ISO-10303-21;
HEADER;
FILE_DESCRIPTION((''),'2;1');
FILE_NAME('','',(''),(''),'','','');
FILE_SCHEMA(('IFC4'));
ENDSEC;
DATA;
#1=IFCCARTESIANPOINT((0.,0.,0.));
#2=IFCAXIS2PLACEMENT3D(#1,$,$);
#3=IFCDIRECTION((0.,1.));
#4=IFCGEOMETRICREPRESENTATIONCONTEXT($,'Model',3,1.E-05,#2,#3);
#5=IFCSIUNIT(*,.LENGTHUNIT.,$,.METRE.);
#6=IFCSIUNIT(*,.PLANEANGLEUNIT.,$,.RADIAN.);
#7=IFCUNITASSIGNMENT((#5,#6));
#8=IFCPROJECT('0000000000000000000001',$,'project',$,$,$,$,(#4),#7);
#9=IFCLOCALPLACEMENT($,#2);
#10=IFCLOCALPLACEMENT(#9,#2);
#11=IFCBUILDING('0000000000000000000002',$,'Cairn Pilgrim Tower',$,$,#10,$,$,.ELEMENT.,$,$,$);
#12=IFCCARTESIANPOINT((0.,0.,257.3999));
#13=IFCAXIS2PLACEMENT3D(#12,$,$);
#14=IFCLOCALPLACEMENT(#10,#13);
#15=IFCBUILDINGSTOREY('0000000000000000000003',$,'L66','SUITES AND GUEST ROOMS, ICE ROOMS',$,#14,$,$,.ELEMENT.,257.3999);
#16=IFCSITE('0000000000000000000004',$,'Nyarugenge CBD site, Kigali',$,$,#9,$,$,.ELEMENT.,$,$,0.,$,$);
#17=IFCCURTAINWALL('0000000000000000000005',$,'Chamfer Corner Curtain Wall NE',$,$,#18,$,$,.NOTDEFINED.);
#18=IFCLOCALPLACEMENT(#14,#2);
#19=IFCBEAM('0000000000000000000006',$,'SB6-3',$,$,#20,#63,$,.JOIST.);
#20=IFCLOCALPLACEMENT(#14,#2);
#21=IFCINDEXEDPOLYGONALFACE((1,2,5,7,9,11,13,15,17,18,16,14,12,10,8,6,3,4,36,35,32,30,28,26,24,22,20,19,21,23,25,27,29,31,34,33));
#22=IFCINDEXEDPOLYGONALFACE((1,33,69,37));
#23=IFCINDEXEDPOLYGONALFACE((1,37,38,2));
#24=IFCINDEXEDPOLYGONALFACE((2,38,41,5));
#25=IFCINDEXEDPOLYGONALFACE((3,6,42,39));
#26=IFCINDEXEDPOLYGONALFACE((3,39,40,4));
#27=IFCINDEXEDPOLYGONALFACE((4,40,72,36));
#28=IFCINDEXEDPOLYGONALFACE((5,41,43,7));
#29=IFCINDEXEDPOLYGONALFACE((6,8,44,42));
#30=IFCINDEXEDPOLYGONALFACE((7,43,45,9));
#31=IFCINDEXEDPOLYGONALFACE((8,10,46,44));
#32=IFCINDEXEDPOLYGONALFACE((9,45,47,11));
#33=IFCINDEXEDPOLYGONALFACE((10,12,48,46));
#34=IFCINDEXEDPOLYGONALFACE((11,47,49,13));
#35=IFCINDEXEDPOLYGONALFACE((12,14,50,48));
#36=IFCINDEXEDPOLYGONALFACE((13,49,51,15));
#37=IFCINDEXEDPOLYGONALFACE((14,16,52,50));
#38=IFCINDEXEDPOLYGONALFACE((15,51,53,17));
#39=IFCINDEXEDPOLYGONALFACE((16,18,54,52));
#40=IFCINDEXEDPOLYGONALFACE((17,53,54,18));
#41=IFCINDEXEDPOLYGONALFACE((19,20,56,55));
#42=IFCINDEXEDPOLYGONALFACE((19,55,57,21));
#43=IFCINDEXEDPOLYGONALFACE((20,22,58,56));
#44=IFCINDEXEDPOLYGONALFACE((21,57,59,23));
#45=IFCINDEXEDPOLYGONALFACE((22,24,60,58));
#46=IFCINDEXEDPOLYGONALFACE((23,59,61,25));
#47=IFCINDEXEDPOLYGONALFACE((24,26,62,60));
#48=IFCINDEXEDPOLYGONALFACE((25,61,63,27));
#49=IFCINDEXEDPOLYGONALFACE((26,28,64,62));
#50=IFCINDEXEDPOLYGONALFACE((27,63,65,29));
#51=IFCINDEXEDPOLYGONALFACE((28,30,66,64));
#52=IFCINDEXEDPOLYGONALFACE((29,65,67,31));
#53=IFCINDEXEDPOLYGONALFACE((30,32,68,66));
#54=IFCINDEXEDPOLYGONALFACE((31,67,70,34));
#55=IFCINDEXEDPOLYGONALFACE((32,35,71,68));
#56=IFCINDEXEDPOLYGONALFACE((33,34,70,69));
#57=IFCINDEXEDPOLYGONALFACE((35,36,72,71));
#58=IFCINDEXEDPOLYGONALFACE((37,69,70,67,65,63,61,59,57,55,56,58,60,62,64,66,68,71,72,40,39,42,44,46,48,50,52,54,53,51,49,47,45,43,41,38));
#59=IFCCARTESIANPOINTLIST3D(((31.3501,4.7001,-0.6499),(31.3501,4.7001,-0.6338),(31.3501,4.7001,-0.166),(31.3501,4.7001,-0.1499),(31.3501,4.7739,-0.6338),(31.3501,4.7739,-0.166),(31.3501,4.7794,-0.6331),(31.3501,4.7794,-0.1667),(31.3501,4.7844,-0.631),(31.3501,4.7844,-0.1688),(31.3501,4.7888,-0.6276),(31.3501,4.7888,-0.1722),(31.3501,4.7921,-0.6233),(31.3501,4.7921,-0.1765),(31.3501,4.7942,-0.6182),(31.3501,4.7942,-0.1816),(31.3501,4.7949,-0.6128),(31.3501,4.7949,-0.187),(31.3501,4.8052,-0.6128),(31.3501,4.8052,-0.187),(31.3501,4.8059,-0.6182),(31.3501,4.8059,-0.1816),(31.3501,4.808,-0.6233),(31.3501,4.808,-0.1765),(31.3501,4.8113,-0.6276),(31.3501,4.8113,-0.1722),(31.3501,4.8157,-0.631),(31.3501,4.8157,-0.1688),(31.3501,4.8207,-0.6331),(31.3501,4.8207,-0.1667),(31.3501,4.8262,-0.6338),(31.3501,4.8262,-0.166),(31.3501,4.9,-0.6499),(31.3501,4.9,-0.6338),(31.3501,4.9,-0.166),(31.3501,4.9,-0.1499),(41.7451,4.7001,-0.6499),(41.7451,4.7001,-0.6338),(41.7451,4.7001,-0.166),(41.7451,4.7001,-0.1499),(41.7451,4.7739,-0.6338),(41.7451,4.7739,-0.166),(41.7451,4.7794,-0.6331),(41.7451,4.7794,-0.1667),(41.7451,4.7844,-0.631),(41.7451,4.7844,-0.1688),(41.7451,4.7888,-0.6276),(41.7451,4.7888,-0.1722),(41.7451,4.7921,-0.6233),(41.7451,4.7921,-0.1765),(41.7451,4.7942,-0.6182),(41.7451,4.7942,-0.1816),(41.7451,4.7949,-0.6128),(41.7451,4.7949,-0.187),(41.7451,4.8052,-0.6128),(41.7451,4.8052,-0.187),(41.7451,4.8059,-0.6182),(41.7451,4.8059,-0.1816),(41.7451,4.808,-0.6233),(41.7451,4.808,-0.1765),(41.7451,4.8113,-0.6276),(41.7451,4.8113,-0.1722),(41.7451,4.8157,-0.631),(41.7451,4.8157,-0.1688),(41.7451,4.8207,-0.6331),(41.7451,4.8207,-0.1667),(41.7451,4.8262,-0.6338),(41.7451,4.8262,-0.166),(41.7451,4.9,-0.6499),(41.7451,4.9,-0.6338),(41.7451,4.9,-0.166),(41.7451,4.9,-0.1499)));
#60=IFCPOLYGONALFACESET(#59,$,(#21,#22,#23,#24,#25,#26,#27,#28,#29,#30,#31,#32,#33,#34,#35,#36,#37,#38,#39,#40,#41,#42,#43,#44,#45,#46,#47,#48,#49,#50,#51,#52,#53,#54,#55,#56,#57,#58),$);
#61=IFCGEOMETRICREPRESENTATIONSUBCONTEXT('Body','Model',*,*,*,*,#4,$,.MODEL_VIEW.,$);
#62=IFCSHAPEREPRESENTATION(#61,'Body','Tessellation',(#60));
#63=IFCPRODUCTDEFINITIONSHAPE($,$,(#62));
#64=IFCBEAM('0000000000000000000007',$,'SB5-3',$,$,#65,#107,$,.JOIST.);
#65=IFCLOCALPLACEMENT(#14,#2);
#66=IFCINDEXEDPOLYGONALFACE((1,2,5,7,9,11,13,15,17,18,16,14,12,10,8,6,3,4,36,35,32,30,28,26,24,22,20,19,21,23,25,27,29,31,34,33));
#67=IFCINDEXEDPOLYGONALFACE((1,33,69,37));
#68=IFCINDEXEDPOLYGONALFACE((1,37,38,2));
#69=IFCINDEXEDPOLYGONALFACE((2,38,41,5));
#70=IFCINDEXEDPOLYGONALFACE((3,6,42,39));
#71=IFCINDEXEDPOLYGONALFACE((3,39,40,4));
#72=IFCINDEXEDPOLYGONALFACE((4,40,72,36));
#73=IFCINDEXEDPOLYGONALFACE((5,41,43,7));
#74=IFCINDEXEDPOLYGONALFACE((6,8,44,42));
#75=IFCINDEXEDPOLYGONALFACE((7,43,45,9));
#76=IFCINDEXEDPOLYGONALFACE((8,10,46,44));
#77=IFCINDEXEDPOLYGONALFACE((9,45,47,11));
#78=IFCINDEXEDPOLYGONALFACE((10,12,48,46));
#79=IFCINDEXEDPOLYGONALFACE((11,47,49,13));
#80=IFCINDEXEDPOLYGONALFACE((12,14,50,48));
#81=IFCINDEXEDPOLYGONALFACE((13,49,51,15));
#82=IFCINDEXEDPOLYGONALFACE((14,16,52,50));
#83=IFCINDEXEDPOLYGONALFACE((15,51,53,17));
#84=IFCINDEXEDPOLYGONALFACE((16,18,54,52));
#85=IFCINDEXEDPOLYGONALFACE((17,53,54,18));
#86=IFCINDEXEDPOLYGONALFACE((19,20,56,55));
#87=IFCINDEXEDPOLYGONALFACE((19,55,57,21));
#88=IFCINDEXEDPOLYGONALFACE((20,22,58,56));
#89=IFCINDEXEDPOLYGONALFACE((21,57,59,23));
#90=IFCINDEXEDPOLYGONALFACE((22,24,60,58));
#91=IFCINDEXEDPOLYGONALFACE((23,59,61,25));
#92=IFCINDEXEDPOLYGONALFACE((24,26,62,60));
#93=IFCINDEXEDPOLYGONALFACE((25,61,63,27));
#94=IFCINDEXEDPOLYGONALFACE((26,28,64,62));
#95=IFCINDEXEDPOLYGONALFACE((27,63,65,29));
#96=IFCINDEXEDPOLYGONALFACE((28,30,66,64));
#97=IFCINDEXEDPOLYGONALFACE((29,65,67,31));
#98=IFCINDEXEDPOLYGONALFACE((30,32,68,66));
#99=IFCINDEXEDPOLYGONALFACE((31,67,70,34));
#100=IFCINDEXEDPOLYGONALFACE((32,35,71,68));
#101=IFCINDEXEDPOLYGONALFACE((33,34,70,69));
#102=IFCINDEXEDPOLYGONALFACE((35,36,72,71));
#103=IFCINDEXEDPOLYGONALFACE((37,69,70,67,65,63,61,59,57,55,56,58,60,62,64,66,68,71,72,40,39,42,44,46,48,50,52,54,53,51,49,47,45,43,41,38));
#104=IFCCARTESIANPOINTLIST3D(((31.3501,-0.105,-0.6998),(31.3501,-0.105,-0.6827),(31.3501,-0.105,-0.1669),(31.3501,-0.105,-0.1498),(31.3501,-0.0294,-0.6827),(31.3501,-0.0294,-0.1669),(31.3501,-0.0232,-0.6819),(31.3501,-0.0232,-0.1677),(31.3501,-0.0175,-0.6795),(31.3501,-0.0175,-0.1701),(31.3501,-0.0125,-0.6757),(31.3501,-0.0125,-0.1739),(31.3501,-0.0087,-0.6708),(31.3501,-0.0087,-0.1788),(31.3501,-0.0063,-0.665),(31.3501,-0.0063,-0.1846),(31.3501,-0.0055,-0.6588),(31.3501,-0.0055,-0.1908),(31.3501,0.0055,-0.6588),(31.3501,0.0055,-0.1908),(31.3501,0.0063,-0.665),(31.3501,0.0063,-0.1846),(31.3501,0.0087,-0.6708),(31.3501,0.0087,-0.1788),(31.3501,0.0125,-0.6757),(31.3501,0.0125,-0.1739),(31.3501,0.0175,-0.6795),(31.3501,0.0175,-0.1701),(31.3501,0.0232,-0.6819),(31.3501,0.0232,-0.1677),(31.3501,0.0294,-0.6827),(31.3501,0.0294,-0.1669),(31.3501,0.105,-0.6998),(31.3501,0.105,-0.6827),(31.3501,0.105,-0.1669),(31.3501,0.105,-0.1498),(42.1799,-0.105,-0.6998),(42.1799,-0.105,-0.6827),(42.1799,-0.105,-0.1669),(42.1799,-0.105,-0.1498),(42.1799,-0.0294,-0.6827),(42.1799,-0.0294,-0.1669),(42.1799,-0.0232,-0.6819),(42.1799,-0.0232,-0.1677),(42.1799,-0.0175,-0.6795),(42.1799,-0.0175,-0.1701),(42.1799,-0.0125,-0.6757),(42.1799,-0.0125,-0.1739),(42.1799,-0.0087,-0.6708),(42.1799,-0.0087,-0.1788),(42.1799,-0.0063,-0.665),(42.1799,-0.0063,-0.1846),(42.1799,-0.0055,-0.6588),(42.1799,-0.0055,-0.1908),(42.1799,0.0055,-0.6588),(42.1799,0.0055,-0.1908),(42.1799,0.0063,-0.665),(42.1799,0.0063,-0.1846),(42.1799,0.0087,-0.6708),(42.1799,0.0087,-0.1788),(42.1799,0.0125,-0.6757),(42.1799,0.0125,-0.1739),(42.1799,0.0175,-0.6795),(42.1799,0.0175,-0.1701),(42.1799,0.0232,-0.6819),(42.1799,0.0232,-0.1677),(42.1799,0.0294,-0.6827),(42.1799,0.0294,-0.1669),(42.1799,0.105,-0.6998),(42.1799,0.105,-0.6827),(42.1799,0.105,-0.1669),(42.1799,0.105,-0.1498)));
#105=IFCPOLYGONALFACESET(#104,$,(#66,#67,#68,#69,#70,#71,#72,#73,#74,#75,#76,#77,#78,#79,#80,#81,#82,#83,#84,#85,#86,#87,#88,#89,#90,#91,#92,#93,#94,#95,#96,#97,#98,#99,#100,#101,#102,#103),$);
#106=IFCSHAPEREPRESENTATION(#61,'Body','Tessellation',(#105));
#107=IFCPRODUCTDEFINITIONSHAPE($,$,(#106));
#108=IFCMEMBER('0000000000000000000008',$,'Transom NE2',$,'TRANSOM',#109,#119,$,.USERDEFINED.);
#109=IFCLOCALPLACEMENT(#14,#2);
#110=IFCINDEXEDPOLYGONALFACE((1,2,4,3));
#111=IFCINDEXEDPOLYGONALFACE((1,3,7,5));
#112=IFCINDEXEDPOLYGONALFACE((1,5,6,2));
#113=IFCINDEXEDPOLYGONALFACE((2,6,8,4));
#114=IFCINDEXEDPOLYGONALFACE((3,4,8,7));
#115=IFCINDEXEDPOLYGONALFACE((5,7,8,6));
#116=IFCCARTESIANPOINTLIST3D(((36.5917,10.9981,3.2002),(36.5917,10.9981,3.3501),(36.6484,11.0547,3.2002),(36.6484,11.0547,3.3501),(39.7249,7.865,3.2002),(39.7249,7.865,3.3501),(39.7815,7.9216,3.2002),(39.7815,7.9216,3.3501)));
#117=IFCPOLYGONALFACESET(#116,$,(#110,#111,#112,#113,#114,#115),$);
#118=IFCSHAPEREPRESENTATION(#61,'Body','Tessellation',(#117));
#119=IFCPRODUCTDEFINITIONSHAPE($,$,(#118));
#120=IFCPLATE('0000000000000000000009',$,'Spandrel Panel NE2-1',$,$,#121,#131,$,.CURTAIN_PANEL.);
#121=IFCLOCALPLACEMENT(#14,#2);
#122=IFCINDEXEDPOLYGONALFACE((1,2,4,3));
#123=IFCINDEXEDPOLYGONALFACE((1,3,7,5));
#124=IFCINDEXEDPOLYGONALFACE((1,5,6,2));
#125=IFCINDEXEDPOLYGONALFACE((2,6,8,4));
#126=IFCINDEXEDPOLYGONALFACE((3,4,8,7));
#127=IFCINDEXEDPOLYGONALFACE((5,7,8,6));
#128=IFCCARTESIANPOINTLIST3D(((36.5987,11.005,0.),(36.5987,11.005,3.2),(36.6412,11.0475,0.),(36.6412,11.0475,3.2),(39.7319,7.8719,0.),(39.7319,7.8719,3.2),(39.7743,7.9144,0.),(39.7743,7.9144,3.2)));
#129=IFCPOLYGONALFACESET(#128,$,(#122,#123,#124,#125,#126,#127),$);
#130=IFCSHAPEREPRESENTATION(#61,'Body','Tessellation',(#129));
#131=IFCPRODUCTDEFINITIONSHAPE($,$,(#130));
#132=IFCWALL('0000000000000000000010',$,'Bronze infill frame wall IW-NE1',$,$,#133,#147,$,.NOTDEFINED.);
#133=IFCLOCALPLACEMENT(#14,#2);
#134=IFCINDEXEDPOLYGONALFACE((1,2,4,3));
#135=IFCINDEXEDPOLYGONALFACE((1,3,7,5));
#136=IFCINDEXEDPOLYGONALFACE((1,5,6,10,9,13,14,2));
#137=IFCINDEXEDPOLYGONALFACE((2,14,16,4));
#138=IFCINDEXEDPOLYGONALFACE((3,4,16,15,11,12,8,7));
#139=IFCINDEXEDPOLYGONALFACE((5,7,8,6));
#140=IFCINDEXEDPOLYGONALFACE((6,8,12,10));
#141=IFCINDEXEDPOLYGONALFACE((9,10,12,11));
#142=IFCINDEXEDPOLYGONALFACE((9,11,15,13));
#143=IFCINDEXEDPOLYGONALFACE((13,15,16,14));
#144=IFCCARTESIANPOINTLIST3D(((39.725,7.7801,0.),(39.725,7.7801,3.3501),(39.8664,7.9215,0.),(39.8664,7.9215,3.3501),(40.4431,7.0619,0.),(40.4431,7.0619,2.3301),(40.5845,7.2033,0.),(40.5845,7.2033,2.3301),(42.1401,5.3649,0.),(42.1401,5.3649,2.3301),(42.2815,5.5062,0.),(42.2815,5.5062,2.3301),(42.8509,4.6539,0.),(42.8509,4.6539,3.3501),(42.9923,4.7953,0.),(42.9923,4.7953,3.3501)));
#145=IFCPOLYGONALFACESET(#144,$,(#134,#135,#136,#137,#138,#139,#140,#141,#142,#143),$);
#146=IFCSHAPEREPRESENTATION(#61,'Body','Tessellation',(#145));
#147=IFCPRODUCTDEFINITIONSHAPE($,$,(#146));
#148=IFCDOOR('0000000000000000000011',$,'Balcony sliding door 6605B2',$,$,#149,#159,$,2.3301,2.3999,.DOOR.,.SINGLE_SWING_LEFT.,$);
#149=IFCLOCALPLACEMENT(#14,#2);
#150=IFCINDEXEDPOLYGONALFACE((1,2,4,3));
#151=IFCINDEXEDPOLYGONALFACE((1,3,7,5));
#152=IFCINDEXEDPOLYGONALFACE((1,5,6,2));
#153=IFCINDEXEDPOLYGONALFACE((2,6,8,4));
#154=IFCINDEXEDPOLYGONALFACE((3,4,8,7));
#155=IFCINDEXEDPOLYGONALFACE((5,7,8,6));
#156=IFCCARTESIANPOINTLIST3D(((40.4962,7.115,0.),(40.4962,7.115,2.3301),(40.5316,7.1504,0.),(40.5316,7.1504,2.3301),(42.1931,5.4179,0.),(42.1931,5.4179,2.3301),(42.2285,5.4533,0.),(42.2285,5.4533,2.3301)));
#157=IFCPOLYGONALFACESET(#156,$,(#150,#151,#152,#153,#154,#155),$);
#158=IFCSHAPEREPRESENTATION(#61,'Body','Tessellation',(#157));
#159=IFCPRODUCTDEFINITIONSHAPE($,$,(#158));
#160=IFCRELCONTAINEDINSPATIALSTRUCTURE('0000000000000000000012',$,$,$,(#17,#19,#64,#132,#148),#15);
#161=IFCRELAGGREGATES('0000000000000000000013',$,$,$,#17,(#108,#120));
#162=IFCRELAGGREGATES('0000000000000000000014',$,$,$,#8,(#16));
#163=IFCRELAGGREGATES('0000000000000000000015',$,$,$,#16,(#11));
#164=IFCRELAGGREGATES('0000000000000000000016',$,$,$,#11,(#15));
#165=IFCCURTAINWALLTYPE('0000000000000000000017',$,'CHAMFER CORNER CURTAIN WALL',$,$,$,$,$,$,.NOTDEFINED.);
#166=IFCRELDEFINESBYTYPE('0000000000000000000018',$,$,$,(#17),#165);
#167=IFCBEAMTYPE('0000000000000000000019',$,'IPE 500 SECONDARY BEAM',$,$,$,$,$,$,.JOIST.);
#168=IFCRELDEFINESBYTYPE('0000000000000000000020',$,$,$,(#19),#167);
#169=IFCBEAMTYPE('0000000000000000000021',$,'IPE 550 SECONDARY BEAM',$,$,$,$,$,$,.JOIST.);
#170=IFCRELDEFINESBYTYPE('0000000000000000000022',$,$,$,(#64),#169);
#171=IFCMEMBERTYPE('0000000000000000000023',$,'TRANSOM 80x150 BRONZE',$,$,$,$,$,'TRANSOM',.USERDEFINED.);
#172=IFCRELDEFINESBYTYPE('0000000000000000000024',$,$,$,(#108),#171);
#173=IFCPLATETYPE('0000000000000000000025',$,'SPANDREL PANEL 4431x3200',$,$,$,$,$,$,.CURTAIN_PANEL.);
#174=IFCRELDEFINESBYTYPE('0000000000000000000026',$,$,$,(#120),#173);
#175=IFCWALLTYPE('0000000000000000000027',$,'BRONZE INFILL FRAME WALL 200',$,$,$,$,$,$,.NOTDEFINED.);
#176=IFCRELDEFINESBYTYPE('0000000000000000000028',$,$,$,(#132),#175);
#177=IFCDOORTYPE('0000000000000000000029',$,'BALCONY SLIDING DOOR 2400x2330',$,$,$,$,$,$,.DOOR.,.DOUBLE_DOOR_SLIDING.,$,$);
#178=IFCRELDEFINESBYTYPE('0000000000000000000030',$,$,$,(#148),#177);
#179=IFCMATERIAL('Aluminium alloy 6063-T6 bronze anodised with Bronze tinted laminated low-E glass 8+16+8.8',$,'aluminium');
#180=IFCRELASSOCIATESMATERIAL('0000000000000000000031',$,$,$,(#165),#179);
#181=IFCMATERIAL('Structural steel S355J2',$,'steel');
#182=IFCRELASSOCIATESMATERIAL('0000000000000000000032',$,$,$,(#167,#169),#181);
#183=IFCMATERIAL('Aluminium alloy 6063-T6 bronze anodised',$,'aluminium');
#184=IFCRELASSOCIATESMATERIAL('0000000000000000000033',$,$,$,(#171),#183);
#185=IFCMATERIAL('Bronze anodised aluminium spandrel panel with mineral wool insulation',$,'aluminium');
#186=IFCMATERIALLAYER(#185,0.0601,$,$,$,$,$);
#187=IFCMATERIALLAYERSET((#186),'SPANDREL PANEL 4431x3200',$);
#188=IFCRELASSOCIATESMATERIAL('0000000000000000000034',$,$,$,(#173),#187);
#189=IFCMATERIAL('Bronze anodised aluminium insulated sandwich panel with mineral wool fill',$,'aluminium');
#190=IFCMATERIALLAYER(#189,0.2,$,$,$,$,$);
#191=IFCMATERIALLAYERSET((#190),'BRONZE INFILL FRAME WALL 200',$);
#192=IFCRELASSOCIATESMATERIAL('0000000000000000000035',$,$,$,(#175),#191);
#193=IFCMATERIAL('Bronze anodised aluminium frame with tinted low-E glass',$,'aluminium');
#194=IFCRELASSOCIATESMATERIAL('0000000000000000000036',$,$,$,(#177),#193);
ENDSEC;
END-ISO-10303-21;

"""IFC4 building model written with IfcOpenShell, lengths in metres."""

from ifc_helpers import new_model, si_unit, direction, frame, frame_2d, origin, origin_2d, place, context, subcontext, project, spatial, rectangle, i_section, extrude, material, layer, layer_set, material_profile, profile_set, type_object, element, fill, aggregate, save


model = new_model("IFC4")

# Units and contexts
model_context = context("Model", 3, precision=1e-05, world=origin(), true_north=direction((0.0, 1.0)))
body_context = subcontext(model_context, "Body", "Model", "MODEL_VIEW")
ifc_project = project(units=[si_unit("LENGTHUNIT", "METRE"), si_unit("PLANEANGLEUNIT", "RADIAN")], contexts=[model_context])

# Site, building, storey
site_placement = place(None, origin())
site = spatial("IfcSite", under=ifc_project, at=site_placement, Name="Nyarugenge CBD site, Kigali", CompositionType="ELEMENT", RefElevation=0.0)
building_placement = place(site_placement, origin())
building = spatial("IfcBuilding", under=site, at=building_placement, Name="Cairn Pilgrim Tower", CompositionType="ELEMENT")
storey_placement = place(building_placement, frame((0.0, 0.0, 257.3999)))
storey = spatial("IfcBuildingStorey", under=building, at=storey_placement, Name="L66", Description="SUITES AND GUEST ROOMS, ICE ROOMS", CompositionType="ELEMENT", Elevation=257.3999)

# Shared definitions
ifc_material_1 = material(Name="Structural steel S355J2", Category="steel")

# Shared definitions
ifc_material_2 = material(Name="Aluminium alloy 6063-T6 bronze anodised with Bronze tinted laminated low-E glass 8+16+8.8", Category="aluminium")
ifc_material_3 = material(Name="Aluminium alloy 6063-T6 bronze anodised", Category="aluminium")

# Curtain wall
curtain_wall_type_1 = type_object("IfcCurtainWallType", Name="CHAMFER CORNER CURTAIN WALL", PredefinedType="NOTDEFINED", material=ifc_material_2)
curtain_wall_1_placement = place(storey_placement, origin())
curtain_wall_1 = element("IfcCurtainWall", 1, at=curtain_wall_1_placement, inside=storey, type_object=curtain_wall_type_1, Name="Chamfer Corner Curtain Wall NE", PredefinedType="NOTDEFINED")

# Beams
ifc_material_profile_1 = material_profile(ifc_material_1, i_section(OverallWidth=0.2, OverallDepth=0.5, WebThickness=0.0103, FlangeThickness=0.0161, FilletRadius=0.021, at=origin_2d()), Name="IPE 500")
ifc_profile_set_1 = profile_set([ifc_material_profile_1], Name="Structural steel S355J2")
beam_type_1 = type_object("IfcBeamType", Name="IPE 500 SECONDARY BEAM", PredefinedType="JOIST", material=ifc_profile_set_1)
beam_1_placement = place(storey_placement, frame((31.3501, 4.8, -0.3999), z_axis=(1.0, 0.0, 0.0), x_axis=(0.0, 1.0, 0.0)))
element("IfcBeam", 2, at=beam_1_placement, inside=storey, type_object=beam_type_1, Name="SB6-3", PredefinedType="JOIST", context=body_context, shape_type="SweptSolid", body=[
    extrude(i_section(OverallWidth=0.2, OverallDepth=0.5, WebThickness=0.0103, FlangeThickness=0.0161, FilletRadius=0.021, at=origin_2d()), origin(), (0.0, 0.0, 1.0), 10.395),
])
ifc_material_profile_2 = material_profile(ifc_material_1, i_section(OverallWidth=0.21, OverallDepth=0.55, WebThickness=0.011, FlangeThickness=0.0171, FilletRadius=0.0239, at=origin_2d()), Name="IPE 550")
ifc_profile_set_2 = profile_set([ifc_material_profile_2], Name="Structural steel S355J2")
beam_type_2 = type_object("IfcBeamType", Name="IPE 550 SECONDARY BEAM", PredefinedType="JOIST", material=ifc_profile_set_2)
beam_2_placement = place(storey_placement, frame((31.3501, 0.0, -0.4248), z_axis=(1.0, 0.0, 0.0), x_axis=(0.0, 1.0, 0.0)))
element("IfcBeam", 3, at=beam_2_placement, inside=storey, type_object=beam_type_2, Name="SB5-3", PredefinedType="JOIST", context=body_context, shape_type="SweptSolid", body=[
    extrude(i_section(OverallWidth=0.21, OverallDepth=0.55, WebThickness=0.011, FlangeThickness=0.0171, FilletRadius=0.0239, at=origin_2d()), origin(), (0.0, 0.0, 1.0), 10.8298),
])

# Member
ifc_material_profile_3 = material_profile(ifc_material_3, rectangle(XDim=0.0801, YDim=0.1499, at=origin_2d()), Name="TRANSOM 80x150 BRONZE")
ifc_profile_set_3 = profile_set([ifc_material_profile_3], Name="Aluminium alloy 6063-T6 bronze anodised")
member_type_1 = type_object("IfcMemberType", Name="TRANSOM 80x150 BRONZE", ElementType="TRANSOM", PredefinedType="USERDEFINED", material=ifc_profile_set_3)
member_1_placement = place(storey_placement, frame((39.7532, 7.8933, 3.2751), z_axis=(-0.707107, 0.707107, 0.0), x_axis=(-0.707107, -0.707107, 0.0)))
member_1 = element("IfcMember", 4, at=member_1_placement, type_object=member_type_1, Name="Transom NE2", ObjectType="TRANSOM", PredefinedType="USERDEFINED", context=body_context, shape_type="SweptSolid", body=[
    extrude(rectangle(XDim=0.0801, YDim=0.1499, at=origin_2d()), origin(), (0.0, 0.0, 1.0), 4.4309),
])

# Plate
ifc_material_4 = material(Name="Bronze anodised aluminium spandrel panel with mineral wool insulation", Category="aluminium")
ifc_layer_1 = layer(ifc_material_4, 0.0601)
ifc_layer_set_1 = layer_set([ifc_layer_1], Name="SPANDREL PANEL 4431x3200")
plate_type = type_object("IfcPlateType", Name="SPANDREL PANEL 4431x3200", PredefinedType="CURTAIN_PANEL", material=ifc_layer_set_1)
plate_placement = place(storey_placement, frame((38.1865, 9.4597, 0.0), z_axis=(0.0, 0.0, 1.0), x_axis=(-0.707107, 0.707107, 0.0)))
plate = element("IfcPlate", 5, at=plate_placement, type_object=plate_type, Name="Spandrel Panel NE2-1", PredefinedType="CURTAIN_PANEL", context=body_context, shape_type="SweptSolid", body=[
    extrude(rectangle(XDim=4.4309, YDim=0.0601, at=origin_2d()), origin(), (0.0, 0.0, 1.0), 3.2),
])
aggregate(curtain_wall_1, [member_1, plate])

# Wall, opening, door
ifc_material_5 = material(Name="Bronze anodised aluminium insulated sandwich panel with mineral wool fill", Category="aluminium")
ifc_layer_2 = layer(ifc_material_5, 0.2)
ifc_layer_set_2 = layer_set([ifc_layer_2], Name="BRONZE INFILL FRAME WALL 200")
wall_type_1 = type_object("IfcWallType", Name="BRONZE INFILL FRAME WALL 200", PredefinedType="NOTDEFINED", material=ifc_layer_set_2)
ifc_material_6 = material(Name="Bronze anodised aluminium frame with tinted low-E glass", Category="aluminium")
wall_1_placement = place(storey_placement, frame((42.9216, 4.7246, 0.0), z_axis=(0.0, 0.0, 1.0), x_axis=(-0.707079, 0.707134, 0.0)))
wall_1 = element("IfcWall", 6, at=wall_1_placement, inside=storey, type_object=wall_type_1, Name="Bronze infill frame wall IW-NE1", PredefinedType="NOTDEFINED", context=body_context, shape_type="SweptSolid", body=[
    extrude(rectangle(XDim=4.4209, YDim=0.2, at=frame_2d((2.2104, 0.0))), origin(), (0.0, 0.0, 1.0), 3.3501),
])
opening_1_placement = place(wall_1_placement, frame((1.0054, 0.0, 0.0)))
opening_1 = element("IfcOpeningElement", 7, at=opening_1_placement, cuts=wall_1, PredefinedType="OPENING", context=body_context, shape_type="SweptSolid", body=[
    extrude(rectangle(XDim=2.3999, YDim=2.3301, at=frame_2d((1.2, 1.165))), frame((0.0, 0.1099, 0.0), z_axis=(0.0, -1.0, 0.0), x_axis=(1.0, 0.0, 0.0)), (0.0, 0.0, 1.0), 0.22),
])
door_type_1 = type_object("IfcDoorType", Name="BALCONY SLIDING DOOR 2400x2330", OperationType="DOUBLE_DOOR_SLIDING", PredefinedType="DOOR", material=ifc_material_6)
door_1_placement = place(opening_1_placement, origin())
door_1 = element("IfcDoor", 8, at=door_1_placement, inside=storey, type_object=door_type_1, Name="Balcony sliding door 6605B2", OperationType="SINGLE_SWING_LEFT", OverallHeight=2.3301, OverallWidth=2.3999, PredefinedType="DOOR", context=body_context, shape_type="SweptSolid", body=[
    extrude(rectangle(XDim=2.3999, YDim=2.3301, at=frame_2d((1.2, 1.165))), frame((0.0, 0.0249, 0.0), z_axis=(0.0, -1.0, 0.0), x_axis=(1.0, 0.0, 0.0)), (0.0, 0.0, 1.0), 0.05),
])
fill(opening_1, door_1)

save(model, "model.ifc")
